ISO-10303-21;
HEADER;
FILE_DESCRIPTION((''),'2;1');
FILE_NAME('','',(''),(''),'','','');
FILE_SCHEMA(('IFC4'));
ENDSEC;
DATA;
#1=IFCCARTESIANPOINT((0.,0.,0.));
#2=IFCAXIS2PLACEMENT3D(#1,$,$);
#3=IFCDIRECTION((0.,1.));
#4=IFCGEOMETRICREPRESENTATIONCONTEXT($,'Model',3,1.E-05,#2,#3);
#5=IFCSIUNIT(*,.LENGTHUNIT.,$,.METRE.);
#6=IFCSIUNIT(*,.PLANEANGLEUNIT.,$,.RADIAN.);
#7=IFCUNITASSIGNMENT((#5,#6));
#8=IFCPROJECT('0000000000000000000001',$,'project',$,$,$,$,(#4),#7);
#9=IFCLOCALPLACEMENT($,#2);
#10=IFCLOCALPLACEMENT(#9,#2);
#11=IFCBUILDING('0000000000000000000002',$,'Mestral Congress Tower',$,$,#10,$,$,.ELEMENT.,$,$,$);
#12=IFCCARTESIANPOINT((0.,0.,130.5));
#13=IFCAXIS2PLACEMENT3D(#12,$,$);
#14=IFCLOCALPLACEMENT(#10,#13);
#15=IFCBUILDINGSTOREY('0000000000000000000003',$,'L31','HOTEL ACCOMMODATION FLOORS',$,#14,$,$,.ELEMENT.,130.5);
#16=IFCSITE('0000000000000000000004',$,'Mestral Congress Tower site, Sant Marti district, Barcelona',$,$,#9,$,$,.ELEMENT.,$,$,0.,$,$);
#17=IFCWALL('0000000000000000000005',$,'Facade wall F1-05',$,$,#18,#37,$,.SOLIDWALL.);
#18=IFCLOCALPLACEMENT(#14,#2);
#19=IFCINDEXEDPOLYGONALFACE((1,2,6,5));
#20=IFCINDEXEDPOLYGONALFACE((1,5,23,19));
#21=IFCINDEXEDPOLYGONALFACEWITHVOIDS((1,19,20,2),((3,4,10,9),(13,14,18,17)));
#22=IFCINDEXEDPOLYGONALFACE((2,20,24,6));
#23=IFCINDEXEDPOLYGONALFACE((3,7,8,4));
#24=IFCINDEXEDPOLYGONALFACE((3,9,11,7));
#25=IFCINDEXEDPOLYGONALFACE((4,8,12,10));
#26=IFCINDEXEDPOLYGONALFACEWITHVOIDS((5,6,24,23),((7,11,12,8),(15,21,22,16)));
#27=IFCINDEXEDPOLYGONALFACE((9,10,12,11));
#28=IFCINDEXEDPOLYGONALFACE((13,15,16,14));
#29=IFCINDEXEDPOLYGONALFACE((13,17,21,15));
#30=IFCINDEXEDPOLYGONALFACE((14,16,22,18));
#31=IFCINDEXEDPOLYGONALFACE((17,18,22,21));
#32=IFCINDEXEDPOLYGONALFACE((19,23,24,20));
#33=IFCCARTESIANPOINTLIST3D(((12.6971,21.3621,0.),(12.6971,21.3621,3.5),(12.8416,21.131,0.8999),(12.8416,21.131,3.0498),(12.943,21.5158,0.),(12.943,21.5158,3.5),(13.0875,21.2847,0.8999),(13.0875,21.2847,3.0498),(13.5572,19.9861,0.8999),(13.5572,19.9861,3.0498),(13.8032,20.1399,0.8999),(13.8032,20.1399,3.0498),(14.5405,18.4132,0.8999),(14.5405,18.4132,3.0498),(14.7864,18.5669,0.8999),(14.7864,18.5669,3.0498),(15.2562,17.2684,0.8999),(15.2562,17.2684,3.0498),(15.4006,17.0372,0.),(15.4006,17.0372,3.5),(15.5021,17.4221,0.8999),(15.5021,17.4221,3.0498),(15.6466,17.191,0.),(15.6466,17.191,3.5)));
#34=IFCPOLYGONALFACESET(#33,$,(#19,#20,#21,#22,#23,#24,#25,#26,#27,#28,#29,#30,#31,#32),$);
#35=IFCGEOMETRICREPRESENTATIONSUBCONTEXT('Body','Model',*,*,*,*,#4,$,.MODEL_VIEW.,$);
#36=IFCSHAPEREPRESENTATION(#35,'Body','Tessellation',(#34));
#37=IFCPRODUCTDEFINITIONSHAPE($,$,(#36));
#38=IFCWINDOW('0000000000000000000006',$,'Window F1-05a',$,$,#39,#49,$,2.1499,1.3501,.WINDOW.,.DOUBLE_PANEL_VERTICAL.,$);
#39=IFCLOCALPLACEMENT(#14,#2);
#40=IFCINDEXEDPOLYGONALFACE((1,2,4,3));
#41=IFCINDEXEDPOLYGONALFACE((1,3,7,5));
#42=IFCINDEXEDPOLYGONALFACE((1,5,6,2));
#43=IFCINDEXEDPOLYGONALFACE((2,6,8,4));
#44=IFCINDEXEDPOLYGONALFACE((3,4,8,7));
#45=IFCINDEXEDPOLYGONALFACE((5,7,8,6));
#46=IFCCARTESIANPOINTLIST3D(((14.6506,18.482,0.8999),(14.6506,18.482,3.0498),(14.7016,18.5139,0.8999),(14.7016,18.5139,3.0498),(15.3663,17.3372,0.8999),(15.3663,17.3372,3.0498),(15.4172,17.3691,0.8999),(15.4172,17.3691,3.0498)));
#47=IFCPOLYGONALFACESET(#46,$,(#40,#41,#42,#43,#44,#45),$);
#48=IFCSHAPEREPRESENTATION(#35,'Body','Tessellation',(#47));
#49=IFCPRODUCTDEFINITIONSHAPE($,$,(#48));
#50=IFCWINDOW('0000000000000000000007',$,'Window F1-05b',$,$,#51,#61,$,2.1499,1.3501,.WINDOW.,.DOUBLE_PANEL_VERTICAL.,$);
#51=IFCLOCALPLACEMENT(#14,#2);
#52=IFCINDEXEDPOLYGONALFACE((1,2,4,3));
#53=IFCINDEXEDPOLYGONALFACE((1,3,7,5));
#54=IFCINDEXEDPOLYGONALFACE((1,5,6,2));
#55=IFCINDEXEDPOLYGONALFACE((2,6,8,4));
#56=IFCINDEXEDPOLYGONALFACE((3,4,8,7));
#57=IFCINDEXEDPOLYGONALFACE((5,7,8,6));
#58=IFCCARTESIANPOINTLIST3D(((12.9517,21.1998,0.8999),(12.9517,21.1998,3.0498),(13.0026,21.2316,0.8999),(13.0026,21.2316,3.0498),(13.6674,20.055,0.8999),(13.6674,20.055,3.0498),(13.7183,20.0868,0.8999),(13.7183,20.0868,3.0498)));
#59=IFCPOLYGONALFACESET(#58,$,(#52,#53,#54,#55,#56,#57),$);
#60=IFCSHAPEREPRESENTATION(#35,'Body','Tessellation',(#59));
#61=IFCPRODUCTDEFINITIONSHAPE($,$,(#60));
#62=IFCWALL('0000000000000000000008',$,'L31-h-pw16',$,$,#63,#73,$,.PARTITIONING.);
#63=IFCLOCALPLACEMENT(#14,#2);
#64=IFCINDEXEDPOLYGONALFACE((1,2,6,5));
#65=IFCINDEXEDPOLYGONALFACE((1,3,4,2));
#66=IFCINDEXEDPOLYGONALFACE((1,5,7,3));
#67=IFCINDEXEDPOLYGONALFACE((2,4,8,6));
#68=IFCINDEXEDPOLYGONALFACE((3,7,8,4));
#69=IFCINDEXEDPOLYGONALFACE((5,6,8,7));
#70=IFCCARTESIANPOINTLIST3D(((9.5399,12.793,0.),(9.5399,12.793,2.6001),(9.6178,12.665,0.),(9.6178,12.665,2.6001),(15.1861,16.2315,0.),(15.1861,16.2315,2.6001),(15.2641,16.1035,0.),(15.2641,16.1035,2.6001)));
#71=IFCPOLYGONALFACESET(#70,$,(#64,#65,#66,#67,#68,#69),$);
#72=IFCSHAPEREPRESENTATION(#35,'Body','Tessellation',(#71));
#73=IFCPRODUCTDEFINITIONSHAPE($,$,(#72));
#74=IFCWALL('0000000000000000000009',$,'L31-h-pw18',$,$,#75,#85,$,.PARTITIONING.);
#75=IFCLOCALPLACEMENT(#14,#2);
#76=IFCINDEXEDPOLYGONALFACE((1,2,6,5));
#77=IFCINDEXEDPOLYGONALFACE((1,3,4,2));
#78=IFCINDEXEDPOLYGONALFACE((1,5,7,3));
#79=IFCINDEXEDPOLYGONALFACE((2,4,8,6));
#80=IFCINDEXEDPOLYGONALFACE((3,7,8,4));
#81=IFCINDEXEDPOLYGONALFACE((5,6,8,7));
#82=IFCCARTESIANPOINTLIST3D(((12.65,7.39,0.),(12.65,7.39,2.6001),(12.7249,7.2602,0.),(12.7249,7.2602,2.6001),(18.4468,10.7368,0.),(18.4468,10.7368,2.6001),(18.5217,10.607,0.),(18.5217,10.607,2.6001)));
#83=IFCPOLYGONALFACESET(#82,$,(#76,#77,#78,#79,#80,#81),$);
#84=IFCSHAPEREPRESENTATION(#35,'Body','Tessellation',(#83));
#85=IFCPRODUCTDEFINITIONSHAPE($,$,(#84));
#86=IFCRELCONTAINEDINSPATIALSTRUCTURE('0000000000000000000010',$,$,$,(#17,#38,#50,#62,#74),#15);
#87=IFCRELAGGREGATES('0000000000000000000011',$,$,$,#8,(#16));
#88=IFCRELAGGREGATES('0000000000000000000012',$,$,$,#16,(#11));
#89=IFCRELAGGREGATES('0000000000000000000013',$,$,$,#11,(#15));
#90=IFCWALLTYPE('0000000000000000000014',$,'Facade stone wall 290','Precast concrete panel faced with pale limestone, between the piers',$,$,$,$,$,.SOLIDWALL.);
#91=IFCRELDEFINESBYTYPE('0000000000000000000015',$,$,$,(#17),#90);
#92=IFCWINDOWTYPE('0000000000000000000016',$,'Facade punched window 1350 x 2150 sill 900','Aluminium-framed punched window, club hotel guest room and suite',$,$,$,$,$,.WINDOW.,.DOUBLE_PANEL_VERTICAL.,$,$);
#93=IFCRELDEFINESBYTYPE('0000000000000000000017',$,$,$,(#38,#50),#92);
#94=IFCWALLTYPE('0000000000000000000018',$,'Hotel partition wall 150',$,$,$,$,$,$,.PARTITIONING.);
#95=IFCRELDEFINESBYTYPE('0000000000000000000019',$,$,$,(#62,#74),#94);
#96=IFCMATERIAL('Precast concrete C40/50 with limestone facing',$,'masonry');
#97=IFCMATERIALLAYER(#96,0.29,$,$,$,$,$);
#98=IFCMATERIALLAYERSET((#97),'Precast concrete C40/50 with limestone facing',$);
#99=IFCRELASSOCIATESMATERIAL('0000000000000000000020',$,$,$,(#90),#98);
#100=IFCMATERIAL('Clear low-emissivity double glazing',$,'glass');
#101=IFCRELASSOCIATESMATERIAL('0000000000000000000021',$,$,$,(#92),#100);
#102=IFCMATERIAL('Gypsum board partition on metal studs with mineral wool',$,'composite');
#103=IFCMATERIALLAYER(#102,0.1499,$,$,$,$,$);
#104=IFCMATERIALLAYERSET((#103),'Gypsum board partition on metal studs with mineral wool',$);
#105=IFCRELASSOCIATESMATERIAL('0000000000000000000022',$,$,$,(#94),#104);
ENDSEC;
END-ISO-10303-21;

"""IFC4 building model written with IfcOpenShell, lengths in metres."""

from ifc_helpers import new_model, si_unit, direction, frame, frame_2d, origin, place, context, subcontext, project, spatial, rectangle, extrude, material, layer, layer_set, type_object, element, fill, save


model = new_model("IFC4")

# Units and contexts
model_context = context("Model", 3, precision=1e-05, world=origin(), true_north=direction((0.0, 1.0)))
body_context = subcontext(model_context, "Body", "Model", "MODEL_VIEW")
ifc_project = project(units=[si_unit("LENGTHUNIT", "METRE"), si_unit("PLANEANGLEUNIT", "RADIAN")], contexts=[model_context])

# Site, building, storey
site_placement = place(None, origin())
site = spatial("IfcSite", under=ifc_project, at=site_placement, Name="Mestral Congress Tower site, Sant Marti district, Barcelona", CompositionType="ELEMENT", RefElevation=0.0)
building_placement = place(site_placement, origin())
building = spatial("IfcBuilding", under=site, at=building_placement, Name="Mestral Congress Tower", CompositionType="ELEMENT")
storey_placement = place(building_placement, frame((0.0, 0.0, 130.5)))
storey = spatial("IfcBuildingStorey", under=building, at=storey_placement, Name="L31", Description="HOTEL ACCOMMODATION FLOORS", CompositionType="ELEMENT", Elevation=130.5)

# Wall, openings, windows
ifc_material_1 = material(Name="Precast concrete C40/50 with limestone facing", Category="masonry")
ifc_layer_1 = layer(ifc_material_1, 0.29)
ifc_layer_set_1 = layer_set([ifc_layer_1], Name="Precast concrete C40/50 with limestone facing")
wall_type_1 = type_object("IfcWallType", Name="Facade stone wall 290", Description="Precast concrete panel faced with pale limestone, between the piers", PredefinedType="SOLIDWALL", material=ifc_layer_set_1)
ifc_material_2 = material(Name="Clear low-emissivity double glazing", Category="glass")
window_type = type_object("IfcWindowType", Name="Facade punched window 1350 x 2150 sill 900", Description="Aluminium-framed punched window, club hotel guest room and suite", PartitioningType="DOUBLE_PANEL_VERTICAL", PredefinedType="WINDOW", material=ifc_material_2)
wall_1_placement = place(storey_placement, frame((15.5237, 17.114, 0.0), z_axis=(0.0, 0.0, 1.0), x_axis=(-0.530072, 0.847953, 0.0)))
wall_1 = element("IfcWall", 1, at=wall_1_placement, inside=storey, type_object=wall_type_1, Name="Facade wall F1-05", PredefinedType="SOLIDWALL", context=body_context, shape_type="SweptSolid", body=[
    extrude(rectangle(XDim=5.1003, YDim=0.29, at=frame_2d((2.5503, 0.0))), origin(), (0.0, 0.0, 1.0), 3.5),
])
opening_1_placement = place(wall_1_placement, frame((0.2727, 0.0, 0.8999)))
opening_1 = element("IfcOpeningElement", 2, at=opening_1_placement, cuts=wall_1, PredefinedType="OPENING", context=body_context, shape_type="SweptSolid", body=[
    extrude(rectangle(XDim=1.3501, YDim=2.1499, at=frame_2d((0.675, 1.075))), frame((0.0, 0.155, 0.0), z_axis=(0.0, -1.0, 0.0), x_axis=(1.0, 0.0, 0.0)), (0.0, 0.0, 1.0), 0.3101),
])
opening_2_placement = place(wall_1_placement, frame((3.4778, 0.0, 0.8999)))
opening_2 = element("IfcOpeningElement", 3, at=opening_2_placement, cuts=wall_1, PredefinedType="OPENING", context=body_context, shape_type="SweptSolid", body=[
    extrude(rectangle(XDim=1.3501, YDim=2.1499, at=frame_2d((0.675, 1.075))), frame((0.0, 0.155, 0.0), z_axis=(0.0, -1.0, 0.0), x_axis=(1.0, 0.0, 0.0)), (0.0, 0.0, 1.0), 0.3101),
])
window_1_placement = place(opening_1_placement, origin())
window_1 = element("IfcWindow", 4, at=window_1_placement, inside=storey, type_object=window_type, Name="Window F1-05a", OverallHeight=2.1499, OverallWidth=1.3501, PartitioningType="DOUBLE_PANEL_VERTICAL", PredefinedType="WINDOW", context=body_context, shape_type="SweptSolid", body=[
    extrude(rectangle(XDim=1.3501, YDim=2.1499, at=frame_2d((0.675, 1.075))), frame((0.0, 0.0151, 0.0), z_axis=(0.0, -1.0, 0.0), x_axis=(1.0, 0.0, 0.0)), (0.0, 0.0, 1.0), 0.0601),
])
fill(opening_1, window_1)
window_2_placement = place(opening_2_placement, origin())
window_2 = element("IfcWindow", 5, at=window_2_placement, inside=storey, type_object=window_type, Name="Window F1-05b", OverallHeight=2.1499, OverallWidth=1.3501, PartitioningType="DOUBLE_PANEL_VERTICAL", PredefinedType="WINDOW", context=body_context, shape_type="SweptSolid", body=[
    extrude(rectangle(XDim=1.3501, YDim=2.1499, at=frame_2d((0.675, 1.075))), frame((0.0, 0.0151, 0.0), z_axis=(0.0, -1.0, 0.0), x_axis=(1.0, 0.0, 0.0)), (0.0, 0.0, 1.0), 0.0601),
])
fill(opening_2, window_2)

# Walls
ifc_material_3 = material(Name="Gypsum board partition on metal studs with mineral wool", Category="composite")
ifc_layer_2 = layer(ifc_material_3, 0.1499)
ifc_layer_set_2 = layer_set([ifc_layer_2], Name="Gypsum board partition on metal studs with mineral wool")
wall_type_2 = type_object("IfcWallType", Name="Hotel partition wall 150", PredefinedType="PARTITIONING", material=ifc_layer_set_2)
wall_2_placement = place(storey_placement, frame((15.2251, 16.1675, 0.0), z_axis=(0.0, 0.0, 1.0), x_axis=(-0.854089, -0.520127, 0.0)))
element("IfcWall", 6, at=wall_2_placement, inside=storey, type_object=wall_type_2, Name="L31-h-pw16", PredefinedType="PARTITIONING", context=body_context, shape_type="SweptSolid", body=[
    extrude(rectangle(XDim=6.6108, YDim=0.1499, at=frame_2d((3.3054, 0.0))), origin(), (0.0, 0.0, 1.0), 2.6001),
])
wall_3_placement = place(storey_placement, frame((18.4841, 10.6719, 0.0), z_axis=(0.0, 0.0, 1.0), x_axis=(-0.866019, -0.500011, 0.0)))
element("IfcWall", 7, at=wall_3_placement, inside=storey, type_object=wall_type_2, Name="L31-h-pw18", PredefinedType="PARTITIONING", context=body_context, shape_type="SweptSolid", body=[
    extrude(rectangle(XDim=6.6936, YDim=0.1499, at=frame_2d((3.3467, 0.0))), origin(), (0.0, 0.0, 1.0), 2.6001),
])

save(model, "model.ifc")
